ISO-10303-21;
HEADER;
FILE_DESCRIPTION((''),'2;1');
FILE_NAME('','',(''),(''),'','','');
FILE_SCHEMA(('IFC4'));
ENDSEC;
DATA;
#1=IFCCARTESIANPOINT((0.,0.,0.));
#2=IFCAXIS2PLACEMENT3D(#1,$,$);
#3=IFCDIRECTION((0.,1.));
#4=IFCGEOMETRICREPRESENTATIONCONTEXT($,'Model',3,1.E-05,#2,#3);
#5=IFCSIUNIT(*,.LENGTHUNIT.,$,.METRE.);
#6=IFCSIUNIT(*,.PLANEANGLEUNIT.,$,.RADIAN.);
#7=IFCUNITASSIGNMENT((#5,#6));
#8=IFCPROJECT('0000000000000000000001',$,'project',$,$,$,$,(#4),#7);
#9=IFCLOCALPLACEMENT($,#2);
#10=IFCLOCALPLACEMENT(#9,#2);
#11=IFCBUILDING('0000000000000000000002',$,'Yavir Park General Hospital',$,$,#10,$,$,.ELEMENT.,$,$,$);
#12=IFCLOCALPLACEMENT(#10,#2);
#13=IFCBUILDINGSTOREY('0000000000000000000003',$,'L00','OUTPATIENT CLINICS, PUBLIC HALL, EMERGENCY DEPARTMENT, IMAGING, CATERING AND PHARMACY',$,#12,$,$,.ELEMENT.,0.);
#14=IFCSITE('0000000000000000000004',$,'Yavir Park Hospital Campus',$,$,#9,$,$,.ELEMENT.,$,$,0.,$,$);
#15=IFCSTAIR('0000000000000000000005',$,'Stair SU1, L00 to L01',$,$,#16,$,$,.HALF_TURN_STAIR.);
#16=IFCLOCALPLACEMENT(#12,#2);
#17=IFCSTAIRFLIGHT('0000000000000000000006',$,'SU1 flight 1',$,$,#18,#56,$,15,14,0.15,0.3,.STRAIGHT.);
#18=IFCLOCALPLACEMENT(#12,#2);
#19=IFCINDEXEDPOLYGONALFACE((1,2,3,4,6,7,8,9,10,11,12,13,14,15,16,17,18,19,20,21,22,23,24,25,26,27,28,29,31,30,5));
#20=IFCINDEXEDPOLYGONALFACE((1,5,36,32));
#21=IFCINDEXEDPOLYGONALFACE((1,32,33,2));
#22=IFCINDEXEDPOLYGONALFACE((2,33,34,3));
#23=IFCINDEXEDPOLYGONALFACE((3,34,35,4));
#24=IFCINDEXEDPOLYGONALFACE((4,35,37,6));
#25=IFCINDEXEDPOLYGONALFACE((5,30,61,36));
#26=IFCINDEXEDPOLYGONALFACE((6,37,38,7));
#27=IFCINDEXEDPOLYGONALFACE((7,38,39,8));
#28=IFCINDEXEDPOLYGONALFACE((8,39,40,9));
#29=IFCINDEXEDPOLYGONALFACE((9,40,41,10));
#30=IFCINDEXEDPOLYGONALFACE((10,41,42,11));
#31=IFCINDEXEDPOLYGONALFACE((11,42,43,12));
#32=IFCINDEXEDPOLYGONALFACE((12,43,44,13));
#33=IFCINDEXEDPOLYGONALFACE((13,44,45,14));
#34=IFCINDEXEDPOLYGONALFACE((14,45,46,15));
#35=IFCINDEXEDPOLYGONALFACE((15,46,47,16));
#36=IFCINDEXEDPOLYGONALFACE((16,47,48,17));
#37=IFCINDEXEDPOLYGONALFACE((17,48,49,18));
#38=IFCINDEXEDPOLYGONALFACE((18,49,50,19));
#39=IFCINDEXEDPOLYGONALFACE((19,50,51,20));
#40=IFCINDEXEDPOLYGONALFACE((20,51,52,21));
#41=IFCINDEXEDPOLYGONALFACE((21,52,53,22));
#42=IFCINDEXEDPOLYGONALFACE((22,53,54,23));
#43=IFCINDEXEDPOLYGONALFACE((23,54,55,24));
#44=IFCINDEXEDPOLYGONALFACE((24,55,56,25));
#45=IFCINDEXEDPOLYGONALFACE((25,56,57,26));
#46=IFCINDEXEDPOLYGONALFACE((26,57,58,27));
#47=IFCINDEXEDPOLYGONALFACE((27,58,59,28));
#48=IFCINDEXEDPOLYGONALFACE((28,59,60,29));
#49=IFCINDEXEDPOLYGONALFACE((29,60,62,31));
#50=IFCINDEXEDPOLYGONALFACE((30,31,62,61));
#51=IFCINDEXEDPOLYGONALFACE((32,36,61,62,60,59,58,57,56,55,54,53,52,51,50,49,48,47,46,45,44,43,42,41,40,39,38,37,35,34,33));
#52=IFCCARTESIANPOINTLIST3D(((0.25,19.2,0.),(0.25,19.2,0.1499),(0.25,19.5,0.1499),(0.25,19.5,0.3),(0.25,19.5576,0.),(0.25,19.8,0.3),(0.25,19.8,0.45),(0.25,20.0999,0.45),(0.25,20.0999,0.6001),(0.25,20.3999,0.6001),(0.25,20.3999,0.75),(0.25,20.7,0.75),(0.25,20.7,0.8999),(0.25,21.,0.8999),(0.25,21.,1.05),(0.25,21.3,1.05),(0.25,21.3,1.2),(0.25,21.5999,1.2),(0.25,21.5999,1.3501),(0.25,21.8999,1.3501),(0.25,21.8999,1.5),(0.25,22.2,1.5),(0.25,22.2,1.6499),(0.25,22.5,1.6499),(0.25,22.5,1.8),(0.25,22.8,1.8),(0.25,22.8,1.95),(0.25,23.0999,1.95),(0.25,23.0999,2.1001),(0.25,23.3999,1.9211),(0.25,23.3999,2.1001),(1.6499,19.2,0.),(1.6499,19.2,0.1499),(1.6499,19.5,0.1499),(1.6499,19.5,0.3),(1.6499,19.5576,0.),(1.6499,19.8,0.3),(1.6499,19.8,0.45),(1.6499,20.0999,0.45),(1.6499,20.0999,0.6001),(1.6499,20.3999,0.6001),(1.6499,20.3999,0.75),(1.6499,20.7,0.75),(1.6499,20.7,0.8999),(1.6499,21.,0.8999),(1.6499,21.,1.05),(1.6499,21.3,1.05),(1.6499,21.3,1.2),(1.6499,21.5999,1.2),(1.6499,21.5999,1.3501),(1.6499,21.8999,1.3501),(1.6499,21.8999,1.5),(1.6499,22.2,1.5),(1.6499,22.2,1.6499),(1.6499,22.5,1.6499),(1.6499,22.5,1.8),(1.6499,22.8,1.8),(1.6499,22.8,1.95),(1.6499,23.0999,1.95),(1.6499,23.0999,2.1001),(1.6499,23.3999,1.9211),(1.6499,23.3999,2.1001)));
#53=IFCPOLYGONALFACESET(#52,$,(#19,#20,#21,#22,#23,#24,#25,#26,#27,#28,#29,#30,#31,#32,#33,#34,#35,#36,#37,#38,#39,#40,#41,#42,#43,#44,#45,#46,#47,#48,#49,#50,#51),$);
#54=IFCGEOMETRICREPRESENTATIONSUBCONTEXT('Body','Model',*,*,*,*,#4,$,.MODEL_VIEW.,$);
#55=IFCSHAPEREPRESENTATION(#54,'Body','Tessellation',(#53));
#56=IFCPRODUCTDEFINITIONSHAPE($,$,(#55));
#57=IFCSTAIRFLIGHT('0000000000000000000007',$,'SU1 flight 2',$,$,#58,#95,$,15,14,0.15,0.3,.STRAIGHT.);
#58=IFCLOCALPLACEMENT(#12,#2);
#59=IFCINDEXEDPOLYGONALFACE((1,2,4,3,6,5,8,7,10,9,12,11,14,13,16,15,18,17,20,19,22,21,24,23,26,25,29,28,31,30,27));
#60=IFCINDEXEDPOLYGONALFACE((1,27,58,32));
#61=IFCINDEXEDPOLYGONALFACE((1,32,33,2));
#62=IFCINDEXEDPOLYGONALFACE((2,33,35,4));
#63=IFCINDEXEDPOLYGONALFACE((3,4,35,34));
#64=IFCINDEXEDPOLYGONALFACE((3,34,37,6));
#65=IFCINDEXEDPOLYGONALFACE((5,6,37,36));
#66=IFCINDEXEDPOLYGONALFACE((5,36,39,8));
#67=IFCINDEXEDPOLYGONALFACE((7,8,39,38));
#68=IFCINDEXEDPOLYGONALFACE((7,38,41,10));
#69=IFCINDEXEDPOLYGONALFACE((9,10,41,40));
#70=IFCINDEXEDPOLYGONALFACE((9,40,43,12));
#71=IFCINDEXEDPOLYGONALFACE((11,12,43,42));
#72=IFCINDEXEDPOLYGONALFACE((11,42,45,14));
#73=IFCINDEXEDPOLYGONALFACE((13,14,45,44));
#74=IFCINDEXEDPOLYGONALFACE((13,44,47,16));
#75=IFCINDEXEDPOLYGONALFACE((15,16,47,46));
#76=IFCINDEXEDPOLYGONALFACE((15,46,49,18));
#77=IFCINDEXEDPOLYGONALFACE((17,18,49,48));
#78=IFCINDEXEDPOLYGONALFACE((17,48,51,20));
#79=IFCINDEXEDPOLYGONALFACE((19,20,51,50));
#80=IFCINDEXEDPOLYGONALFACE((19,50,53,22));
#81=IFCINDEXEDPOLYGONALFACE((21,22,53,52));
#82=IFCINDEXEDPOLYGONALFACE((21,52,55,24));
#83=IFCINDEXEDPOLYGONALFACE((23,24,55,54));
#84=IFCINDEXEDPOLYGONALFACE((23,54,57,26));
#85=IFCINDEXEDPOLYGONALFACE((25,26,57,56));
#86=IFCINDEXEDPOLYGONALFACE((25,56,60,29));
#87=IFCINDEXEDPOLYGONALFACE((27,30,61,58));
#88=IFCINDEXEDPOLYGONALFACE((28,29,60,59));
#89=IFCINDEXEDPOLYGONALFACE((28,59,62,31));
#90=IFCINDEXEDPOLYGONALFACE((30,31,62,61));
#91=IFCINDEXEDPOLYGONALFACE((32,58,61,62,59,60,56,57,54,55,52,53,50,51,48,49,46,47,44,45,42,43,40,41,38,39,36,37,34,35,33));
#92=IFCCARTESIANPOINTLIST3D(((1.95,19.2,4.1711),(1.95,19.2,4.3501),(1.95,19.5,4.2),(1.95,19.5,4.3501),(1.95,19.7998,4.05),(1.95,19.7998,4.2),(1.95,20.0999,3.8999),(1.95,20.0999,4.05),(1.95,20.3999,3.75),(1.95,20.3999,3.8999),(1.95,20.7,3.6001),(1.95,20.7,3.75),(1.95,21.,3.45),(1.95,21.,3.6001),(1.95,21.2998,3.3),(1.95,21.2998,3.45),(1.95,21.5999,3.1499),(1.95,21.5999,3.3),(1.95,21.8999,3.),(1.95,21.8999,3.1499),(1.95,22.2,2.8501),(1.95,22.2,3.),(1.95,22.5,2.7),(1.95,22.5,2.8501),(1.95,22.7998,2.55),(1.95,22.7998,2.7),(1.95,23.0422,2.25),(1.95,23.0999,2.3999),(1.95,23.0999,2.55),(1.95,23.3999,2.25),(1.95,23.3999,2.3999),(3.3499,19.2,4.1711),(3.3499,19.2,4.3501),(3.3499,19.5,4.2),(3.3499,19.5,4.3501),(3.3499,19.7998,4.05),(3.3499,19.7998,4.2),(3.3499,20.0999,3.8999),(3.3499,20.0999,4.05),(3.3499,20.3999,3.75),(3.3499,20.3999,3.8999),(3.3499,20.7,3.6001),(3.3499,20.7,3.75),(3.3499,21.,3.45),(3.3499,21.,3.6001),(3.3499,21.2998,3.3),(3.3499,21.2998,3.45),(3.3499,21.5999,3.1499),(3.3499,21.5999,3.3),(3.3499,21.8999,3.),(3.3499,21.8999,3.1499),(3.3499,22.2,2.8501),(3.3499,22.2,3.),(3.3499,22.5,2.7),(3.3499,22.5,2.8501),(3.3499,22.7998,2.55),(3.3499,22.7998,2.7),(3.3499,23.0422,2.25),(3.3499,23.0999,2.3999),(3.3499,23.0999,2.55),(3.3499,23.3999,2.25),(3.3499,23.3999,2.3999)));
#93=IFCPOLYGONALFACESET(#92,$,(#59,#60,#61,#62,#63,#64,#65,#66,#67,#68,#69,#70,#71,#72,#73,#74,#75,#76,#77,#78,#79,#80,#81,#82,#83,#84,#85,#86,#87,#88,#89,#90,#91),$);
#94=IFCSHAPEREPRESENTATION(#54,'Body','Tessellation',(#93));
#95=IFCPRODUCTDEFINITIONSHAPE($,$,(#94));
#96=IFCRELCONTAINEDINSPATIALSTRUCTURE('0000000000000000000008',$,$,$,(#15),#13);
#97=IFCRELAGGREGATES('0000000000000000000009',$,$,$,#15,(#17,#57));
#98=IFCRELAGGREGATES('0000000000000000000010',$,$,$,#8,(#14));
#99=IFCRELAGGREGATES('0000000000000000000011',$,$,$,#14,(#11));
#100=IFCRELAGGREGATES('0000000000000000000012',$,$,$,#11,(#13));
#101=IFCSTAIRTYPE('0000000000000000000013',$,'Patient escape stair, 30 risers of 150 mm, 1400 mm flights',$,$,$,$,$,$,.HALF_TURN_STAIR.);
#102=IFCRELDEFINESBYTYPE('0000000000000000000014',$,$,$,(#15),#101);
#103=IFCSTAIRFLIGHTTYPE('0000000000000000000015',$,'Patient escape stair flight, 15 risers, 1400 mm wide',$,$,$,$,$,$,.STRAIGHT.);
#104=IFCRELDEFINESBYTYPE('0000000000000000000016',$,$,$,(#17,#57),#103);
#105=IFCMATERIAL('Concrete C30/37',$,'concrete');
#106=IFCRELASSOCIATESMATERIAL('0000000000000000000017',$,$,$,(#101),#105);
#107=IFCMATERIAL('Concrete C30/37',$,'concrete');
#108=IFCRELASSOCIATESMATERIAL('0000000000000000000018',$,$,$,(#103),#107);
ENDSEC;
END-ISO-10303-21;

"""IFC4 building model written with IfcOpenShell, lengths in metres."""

from ifc_helpers import new_model, si_unit, direction, frame, origin, place, context, subcontext, project, spatial, polyline, outline, extrude, material, type_object, element, aggregate, save


model = new_model("IFC4")

# Units and contexts
model_context = context("Model", 3, precision=1e-05, world=origin(), true_north=direction((0.0, 1.0)))
body_context = subcontext(model_context, "Body", "Model", "MODEL_VIEW")
ifc_project = project(units=[si_unit("LENGTHUNIT", "METRE"), si_unit("PLANEANGLEUNIT", "RADIAN")], contexts=[model_context])

# Site, building, storey
site_placement = place(None, origin())
site = spatial("IfcSite", under=ifc_project, at=site_placement, Name="Yavir Park Hospital Campus", CompositionType="ELEMENT", RefElevation=0.0)
building_placement = place(site_placement, origin())
building = spatial("IfcBuilding", under=site, at=building_placement, Name="Yavir Park General Hospital", CompositionType="ELEMENT")
storey_placement = place(building_placement, origin())
storey = spatial("IfcBuildingStorey", under=building, at=storey_placement, Name="L00", Description="OUTPATIENT CLINICS, PUBLIC HALL, EMERGENCY DEPARTMENT, IMAGING, CATERING AND PHARMACY", CompositionType="ELEMENT", Elevation=0.0)

# Stair, stair flights
ifc_material_1 = material(Name="Concrete C30/37", Category="concrete")
stair_type = type_object("IfcStairType", Name="Patient escape stair, 30 risers of 150 mm, 1400 mm flights", PredefinedType="HALF_TURN_STAIR", material=ifc_material_1)
stair_placement = place(storey_placement, origin())
stair = element("IfcStair", 1, at=stair_placement, inside=storey, type_object=stair_type, Name="Stair SU1, L00 to L01", PredefinedType="HALF_TURN_STAIR")
ifc_material_2 = material(Name="Concrete C30/37", Category="concrete")
stair_flight_type = type_object("IfcStairFlightType", Name="Patient escape stair flight, 15 risers, 1400 mm wide", PredefinedType="STRAIGHT", material=ifc_material_2)
stair_flight_1_placement = place(storey_placement, frame((0.95, 19.2, 0.0), z_axis=(0.0, 0.0, 1.0), x_axis=(0.0, 1.0, 0.0)))
stair_flight_1 = element("IfcStairFlight", 2, at=stair_flight_1_placement, type_object=stair_flight_type, Name="SU1 flight 1", NumberOfRisers=15, NumberOfTreads=14, PredefinedType="STRAIGHT", RiserHeight=0.15, TreadLength=0.3, context=body_context, shape_type="SweptSolid", body=[
    extrude(outline(polyline([(0.0, 0.0), (0.0, 0.1499), (0.3, 0.1499), (0.3, 0.3), (0.6001, 0.3), (0.6001, 0.45), (0.8999, 0.45), (0.8999, 0.6001), (1.2, 0.6001), (1.2, 0.75), (1.5, 0.75), (1.5, 0.8999), (1.8, 0.8999), (1.8, 1.05), (2.1001, 1.05), (2.1001, 1.2), (2.3999, 1.2), (2.3999, 1.3501), (2.7, 1.3501), (2.7, 1.5), (3.0, 1.5), (3.0, 1.6499), (3.3, 1.6499), (3.3, 1.8), (3.6001, 1.8), (3.6001, 1.95), (3.8999, 1.95), (3.8999, 2.1001), (4.2, 2.1001), (4.2, 2.25), (4.2, 1.9211), (0.3577, 0.0), (0.0, 0.0)])), frame((0.0, 0.7, 0.0), z_axis=(0.0, -1.0, 0.0), x_axis=(1.0, 0.0, 0.0)), (0.0, 0.0, 1.0), 1.3999),
])
stair_flight_2_placement = place(storey_placement, frame((2.6499, 23.3999, 2.25), z_axis=(0.0, 0.0, 1.0), x_axis=(0.0, -1.0, 0.0)))
stair_flight_2 = element("IfcStairFlight", 3, at=stair_flight_2_placement, type_object=stair_flight_type, Name="SU1 flight 2", NumberOfRisers=15, NumberOfTreads=14, PredefinedType="STRAIGHT", RiserHeight=0.15, TreadLength=0.3, context=body_context, shape_type="SweptSolid", body=[
    extrude(outline(polyline([(0.0, 0.0), (0.0, 0.1499), (0.3, 0.1499), (0.3, 0.3), (0.6001, 0.3), (0.6001, 0.45), (0.8999, 0.45), (0.8999, 0.6001), (1.2, 0.6001), (1.2, 0.75), (1.5, 0.75), (1.5, 0.8999), (1.8, 0.8999), (1.8, 1.05), (2.1001, 1.05), (2.1001, 1.2), (2.3999, 1.2), (2.3999, 1.3501), (2.7, 1.3501), (2.7, 1.5), (3.0, 1.5), (3.0, 1.6499), (3.3, 1.6499), (3.3, 1.8), (3.6001, 1.8), (3.6001, 1.95), (3.8999, 1.95), (3.8999, 2.1001), (4.2, 2.1001), (4.2, 2.25), (4.2, 1.9211), (0.3577, 0.0), (0.0, 0.0)])), frame((0.0, 0.7, 0.0), z_axis=(0.0, -1.0, 0.0), x_axis=(1.0, 0.0, 0.0)), (0.0, 0.0, 1.0), 1.3999),
])
aggregate(stair, [stair_flight_1, stair_flight_2])

save(model, "model.ifc")
